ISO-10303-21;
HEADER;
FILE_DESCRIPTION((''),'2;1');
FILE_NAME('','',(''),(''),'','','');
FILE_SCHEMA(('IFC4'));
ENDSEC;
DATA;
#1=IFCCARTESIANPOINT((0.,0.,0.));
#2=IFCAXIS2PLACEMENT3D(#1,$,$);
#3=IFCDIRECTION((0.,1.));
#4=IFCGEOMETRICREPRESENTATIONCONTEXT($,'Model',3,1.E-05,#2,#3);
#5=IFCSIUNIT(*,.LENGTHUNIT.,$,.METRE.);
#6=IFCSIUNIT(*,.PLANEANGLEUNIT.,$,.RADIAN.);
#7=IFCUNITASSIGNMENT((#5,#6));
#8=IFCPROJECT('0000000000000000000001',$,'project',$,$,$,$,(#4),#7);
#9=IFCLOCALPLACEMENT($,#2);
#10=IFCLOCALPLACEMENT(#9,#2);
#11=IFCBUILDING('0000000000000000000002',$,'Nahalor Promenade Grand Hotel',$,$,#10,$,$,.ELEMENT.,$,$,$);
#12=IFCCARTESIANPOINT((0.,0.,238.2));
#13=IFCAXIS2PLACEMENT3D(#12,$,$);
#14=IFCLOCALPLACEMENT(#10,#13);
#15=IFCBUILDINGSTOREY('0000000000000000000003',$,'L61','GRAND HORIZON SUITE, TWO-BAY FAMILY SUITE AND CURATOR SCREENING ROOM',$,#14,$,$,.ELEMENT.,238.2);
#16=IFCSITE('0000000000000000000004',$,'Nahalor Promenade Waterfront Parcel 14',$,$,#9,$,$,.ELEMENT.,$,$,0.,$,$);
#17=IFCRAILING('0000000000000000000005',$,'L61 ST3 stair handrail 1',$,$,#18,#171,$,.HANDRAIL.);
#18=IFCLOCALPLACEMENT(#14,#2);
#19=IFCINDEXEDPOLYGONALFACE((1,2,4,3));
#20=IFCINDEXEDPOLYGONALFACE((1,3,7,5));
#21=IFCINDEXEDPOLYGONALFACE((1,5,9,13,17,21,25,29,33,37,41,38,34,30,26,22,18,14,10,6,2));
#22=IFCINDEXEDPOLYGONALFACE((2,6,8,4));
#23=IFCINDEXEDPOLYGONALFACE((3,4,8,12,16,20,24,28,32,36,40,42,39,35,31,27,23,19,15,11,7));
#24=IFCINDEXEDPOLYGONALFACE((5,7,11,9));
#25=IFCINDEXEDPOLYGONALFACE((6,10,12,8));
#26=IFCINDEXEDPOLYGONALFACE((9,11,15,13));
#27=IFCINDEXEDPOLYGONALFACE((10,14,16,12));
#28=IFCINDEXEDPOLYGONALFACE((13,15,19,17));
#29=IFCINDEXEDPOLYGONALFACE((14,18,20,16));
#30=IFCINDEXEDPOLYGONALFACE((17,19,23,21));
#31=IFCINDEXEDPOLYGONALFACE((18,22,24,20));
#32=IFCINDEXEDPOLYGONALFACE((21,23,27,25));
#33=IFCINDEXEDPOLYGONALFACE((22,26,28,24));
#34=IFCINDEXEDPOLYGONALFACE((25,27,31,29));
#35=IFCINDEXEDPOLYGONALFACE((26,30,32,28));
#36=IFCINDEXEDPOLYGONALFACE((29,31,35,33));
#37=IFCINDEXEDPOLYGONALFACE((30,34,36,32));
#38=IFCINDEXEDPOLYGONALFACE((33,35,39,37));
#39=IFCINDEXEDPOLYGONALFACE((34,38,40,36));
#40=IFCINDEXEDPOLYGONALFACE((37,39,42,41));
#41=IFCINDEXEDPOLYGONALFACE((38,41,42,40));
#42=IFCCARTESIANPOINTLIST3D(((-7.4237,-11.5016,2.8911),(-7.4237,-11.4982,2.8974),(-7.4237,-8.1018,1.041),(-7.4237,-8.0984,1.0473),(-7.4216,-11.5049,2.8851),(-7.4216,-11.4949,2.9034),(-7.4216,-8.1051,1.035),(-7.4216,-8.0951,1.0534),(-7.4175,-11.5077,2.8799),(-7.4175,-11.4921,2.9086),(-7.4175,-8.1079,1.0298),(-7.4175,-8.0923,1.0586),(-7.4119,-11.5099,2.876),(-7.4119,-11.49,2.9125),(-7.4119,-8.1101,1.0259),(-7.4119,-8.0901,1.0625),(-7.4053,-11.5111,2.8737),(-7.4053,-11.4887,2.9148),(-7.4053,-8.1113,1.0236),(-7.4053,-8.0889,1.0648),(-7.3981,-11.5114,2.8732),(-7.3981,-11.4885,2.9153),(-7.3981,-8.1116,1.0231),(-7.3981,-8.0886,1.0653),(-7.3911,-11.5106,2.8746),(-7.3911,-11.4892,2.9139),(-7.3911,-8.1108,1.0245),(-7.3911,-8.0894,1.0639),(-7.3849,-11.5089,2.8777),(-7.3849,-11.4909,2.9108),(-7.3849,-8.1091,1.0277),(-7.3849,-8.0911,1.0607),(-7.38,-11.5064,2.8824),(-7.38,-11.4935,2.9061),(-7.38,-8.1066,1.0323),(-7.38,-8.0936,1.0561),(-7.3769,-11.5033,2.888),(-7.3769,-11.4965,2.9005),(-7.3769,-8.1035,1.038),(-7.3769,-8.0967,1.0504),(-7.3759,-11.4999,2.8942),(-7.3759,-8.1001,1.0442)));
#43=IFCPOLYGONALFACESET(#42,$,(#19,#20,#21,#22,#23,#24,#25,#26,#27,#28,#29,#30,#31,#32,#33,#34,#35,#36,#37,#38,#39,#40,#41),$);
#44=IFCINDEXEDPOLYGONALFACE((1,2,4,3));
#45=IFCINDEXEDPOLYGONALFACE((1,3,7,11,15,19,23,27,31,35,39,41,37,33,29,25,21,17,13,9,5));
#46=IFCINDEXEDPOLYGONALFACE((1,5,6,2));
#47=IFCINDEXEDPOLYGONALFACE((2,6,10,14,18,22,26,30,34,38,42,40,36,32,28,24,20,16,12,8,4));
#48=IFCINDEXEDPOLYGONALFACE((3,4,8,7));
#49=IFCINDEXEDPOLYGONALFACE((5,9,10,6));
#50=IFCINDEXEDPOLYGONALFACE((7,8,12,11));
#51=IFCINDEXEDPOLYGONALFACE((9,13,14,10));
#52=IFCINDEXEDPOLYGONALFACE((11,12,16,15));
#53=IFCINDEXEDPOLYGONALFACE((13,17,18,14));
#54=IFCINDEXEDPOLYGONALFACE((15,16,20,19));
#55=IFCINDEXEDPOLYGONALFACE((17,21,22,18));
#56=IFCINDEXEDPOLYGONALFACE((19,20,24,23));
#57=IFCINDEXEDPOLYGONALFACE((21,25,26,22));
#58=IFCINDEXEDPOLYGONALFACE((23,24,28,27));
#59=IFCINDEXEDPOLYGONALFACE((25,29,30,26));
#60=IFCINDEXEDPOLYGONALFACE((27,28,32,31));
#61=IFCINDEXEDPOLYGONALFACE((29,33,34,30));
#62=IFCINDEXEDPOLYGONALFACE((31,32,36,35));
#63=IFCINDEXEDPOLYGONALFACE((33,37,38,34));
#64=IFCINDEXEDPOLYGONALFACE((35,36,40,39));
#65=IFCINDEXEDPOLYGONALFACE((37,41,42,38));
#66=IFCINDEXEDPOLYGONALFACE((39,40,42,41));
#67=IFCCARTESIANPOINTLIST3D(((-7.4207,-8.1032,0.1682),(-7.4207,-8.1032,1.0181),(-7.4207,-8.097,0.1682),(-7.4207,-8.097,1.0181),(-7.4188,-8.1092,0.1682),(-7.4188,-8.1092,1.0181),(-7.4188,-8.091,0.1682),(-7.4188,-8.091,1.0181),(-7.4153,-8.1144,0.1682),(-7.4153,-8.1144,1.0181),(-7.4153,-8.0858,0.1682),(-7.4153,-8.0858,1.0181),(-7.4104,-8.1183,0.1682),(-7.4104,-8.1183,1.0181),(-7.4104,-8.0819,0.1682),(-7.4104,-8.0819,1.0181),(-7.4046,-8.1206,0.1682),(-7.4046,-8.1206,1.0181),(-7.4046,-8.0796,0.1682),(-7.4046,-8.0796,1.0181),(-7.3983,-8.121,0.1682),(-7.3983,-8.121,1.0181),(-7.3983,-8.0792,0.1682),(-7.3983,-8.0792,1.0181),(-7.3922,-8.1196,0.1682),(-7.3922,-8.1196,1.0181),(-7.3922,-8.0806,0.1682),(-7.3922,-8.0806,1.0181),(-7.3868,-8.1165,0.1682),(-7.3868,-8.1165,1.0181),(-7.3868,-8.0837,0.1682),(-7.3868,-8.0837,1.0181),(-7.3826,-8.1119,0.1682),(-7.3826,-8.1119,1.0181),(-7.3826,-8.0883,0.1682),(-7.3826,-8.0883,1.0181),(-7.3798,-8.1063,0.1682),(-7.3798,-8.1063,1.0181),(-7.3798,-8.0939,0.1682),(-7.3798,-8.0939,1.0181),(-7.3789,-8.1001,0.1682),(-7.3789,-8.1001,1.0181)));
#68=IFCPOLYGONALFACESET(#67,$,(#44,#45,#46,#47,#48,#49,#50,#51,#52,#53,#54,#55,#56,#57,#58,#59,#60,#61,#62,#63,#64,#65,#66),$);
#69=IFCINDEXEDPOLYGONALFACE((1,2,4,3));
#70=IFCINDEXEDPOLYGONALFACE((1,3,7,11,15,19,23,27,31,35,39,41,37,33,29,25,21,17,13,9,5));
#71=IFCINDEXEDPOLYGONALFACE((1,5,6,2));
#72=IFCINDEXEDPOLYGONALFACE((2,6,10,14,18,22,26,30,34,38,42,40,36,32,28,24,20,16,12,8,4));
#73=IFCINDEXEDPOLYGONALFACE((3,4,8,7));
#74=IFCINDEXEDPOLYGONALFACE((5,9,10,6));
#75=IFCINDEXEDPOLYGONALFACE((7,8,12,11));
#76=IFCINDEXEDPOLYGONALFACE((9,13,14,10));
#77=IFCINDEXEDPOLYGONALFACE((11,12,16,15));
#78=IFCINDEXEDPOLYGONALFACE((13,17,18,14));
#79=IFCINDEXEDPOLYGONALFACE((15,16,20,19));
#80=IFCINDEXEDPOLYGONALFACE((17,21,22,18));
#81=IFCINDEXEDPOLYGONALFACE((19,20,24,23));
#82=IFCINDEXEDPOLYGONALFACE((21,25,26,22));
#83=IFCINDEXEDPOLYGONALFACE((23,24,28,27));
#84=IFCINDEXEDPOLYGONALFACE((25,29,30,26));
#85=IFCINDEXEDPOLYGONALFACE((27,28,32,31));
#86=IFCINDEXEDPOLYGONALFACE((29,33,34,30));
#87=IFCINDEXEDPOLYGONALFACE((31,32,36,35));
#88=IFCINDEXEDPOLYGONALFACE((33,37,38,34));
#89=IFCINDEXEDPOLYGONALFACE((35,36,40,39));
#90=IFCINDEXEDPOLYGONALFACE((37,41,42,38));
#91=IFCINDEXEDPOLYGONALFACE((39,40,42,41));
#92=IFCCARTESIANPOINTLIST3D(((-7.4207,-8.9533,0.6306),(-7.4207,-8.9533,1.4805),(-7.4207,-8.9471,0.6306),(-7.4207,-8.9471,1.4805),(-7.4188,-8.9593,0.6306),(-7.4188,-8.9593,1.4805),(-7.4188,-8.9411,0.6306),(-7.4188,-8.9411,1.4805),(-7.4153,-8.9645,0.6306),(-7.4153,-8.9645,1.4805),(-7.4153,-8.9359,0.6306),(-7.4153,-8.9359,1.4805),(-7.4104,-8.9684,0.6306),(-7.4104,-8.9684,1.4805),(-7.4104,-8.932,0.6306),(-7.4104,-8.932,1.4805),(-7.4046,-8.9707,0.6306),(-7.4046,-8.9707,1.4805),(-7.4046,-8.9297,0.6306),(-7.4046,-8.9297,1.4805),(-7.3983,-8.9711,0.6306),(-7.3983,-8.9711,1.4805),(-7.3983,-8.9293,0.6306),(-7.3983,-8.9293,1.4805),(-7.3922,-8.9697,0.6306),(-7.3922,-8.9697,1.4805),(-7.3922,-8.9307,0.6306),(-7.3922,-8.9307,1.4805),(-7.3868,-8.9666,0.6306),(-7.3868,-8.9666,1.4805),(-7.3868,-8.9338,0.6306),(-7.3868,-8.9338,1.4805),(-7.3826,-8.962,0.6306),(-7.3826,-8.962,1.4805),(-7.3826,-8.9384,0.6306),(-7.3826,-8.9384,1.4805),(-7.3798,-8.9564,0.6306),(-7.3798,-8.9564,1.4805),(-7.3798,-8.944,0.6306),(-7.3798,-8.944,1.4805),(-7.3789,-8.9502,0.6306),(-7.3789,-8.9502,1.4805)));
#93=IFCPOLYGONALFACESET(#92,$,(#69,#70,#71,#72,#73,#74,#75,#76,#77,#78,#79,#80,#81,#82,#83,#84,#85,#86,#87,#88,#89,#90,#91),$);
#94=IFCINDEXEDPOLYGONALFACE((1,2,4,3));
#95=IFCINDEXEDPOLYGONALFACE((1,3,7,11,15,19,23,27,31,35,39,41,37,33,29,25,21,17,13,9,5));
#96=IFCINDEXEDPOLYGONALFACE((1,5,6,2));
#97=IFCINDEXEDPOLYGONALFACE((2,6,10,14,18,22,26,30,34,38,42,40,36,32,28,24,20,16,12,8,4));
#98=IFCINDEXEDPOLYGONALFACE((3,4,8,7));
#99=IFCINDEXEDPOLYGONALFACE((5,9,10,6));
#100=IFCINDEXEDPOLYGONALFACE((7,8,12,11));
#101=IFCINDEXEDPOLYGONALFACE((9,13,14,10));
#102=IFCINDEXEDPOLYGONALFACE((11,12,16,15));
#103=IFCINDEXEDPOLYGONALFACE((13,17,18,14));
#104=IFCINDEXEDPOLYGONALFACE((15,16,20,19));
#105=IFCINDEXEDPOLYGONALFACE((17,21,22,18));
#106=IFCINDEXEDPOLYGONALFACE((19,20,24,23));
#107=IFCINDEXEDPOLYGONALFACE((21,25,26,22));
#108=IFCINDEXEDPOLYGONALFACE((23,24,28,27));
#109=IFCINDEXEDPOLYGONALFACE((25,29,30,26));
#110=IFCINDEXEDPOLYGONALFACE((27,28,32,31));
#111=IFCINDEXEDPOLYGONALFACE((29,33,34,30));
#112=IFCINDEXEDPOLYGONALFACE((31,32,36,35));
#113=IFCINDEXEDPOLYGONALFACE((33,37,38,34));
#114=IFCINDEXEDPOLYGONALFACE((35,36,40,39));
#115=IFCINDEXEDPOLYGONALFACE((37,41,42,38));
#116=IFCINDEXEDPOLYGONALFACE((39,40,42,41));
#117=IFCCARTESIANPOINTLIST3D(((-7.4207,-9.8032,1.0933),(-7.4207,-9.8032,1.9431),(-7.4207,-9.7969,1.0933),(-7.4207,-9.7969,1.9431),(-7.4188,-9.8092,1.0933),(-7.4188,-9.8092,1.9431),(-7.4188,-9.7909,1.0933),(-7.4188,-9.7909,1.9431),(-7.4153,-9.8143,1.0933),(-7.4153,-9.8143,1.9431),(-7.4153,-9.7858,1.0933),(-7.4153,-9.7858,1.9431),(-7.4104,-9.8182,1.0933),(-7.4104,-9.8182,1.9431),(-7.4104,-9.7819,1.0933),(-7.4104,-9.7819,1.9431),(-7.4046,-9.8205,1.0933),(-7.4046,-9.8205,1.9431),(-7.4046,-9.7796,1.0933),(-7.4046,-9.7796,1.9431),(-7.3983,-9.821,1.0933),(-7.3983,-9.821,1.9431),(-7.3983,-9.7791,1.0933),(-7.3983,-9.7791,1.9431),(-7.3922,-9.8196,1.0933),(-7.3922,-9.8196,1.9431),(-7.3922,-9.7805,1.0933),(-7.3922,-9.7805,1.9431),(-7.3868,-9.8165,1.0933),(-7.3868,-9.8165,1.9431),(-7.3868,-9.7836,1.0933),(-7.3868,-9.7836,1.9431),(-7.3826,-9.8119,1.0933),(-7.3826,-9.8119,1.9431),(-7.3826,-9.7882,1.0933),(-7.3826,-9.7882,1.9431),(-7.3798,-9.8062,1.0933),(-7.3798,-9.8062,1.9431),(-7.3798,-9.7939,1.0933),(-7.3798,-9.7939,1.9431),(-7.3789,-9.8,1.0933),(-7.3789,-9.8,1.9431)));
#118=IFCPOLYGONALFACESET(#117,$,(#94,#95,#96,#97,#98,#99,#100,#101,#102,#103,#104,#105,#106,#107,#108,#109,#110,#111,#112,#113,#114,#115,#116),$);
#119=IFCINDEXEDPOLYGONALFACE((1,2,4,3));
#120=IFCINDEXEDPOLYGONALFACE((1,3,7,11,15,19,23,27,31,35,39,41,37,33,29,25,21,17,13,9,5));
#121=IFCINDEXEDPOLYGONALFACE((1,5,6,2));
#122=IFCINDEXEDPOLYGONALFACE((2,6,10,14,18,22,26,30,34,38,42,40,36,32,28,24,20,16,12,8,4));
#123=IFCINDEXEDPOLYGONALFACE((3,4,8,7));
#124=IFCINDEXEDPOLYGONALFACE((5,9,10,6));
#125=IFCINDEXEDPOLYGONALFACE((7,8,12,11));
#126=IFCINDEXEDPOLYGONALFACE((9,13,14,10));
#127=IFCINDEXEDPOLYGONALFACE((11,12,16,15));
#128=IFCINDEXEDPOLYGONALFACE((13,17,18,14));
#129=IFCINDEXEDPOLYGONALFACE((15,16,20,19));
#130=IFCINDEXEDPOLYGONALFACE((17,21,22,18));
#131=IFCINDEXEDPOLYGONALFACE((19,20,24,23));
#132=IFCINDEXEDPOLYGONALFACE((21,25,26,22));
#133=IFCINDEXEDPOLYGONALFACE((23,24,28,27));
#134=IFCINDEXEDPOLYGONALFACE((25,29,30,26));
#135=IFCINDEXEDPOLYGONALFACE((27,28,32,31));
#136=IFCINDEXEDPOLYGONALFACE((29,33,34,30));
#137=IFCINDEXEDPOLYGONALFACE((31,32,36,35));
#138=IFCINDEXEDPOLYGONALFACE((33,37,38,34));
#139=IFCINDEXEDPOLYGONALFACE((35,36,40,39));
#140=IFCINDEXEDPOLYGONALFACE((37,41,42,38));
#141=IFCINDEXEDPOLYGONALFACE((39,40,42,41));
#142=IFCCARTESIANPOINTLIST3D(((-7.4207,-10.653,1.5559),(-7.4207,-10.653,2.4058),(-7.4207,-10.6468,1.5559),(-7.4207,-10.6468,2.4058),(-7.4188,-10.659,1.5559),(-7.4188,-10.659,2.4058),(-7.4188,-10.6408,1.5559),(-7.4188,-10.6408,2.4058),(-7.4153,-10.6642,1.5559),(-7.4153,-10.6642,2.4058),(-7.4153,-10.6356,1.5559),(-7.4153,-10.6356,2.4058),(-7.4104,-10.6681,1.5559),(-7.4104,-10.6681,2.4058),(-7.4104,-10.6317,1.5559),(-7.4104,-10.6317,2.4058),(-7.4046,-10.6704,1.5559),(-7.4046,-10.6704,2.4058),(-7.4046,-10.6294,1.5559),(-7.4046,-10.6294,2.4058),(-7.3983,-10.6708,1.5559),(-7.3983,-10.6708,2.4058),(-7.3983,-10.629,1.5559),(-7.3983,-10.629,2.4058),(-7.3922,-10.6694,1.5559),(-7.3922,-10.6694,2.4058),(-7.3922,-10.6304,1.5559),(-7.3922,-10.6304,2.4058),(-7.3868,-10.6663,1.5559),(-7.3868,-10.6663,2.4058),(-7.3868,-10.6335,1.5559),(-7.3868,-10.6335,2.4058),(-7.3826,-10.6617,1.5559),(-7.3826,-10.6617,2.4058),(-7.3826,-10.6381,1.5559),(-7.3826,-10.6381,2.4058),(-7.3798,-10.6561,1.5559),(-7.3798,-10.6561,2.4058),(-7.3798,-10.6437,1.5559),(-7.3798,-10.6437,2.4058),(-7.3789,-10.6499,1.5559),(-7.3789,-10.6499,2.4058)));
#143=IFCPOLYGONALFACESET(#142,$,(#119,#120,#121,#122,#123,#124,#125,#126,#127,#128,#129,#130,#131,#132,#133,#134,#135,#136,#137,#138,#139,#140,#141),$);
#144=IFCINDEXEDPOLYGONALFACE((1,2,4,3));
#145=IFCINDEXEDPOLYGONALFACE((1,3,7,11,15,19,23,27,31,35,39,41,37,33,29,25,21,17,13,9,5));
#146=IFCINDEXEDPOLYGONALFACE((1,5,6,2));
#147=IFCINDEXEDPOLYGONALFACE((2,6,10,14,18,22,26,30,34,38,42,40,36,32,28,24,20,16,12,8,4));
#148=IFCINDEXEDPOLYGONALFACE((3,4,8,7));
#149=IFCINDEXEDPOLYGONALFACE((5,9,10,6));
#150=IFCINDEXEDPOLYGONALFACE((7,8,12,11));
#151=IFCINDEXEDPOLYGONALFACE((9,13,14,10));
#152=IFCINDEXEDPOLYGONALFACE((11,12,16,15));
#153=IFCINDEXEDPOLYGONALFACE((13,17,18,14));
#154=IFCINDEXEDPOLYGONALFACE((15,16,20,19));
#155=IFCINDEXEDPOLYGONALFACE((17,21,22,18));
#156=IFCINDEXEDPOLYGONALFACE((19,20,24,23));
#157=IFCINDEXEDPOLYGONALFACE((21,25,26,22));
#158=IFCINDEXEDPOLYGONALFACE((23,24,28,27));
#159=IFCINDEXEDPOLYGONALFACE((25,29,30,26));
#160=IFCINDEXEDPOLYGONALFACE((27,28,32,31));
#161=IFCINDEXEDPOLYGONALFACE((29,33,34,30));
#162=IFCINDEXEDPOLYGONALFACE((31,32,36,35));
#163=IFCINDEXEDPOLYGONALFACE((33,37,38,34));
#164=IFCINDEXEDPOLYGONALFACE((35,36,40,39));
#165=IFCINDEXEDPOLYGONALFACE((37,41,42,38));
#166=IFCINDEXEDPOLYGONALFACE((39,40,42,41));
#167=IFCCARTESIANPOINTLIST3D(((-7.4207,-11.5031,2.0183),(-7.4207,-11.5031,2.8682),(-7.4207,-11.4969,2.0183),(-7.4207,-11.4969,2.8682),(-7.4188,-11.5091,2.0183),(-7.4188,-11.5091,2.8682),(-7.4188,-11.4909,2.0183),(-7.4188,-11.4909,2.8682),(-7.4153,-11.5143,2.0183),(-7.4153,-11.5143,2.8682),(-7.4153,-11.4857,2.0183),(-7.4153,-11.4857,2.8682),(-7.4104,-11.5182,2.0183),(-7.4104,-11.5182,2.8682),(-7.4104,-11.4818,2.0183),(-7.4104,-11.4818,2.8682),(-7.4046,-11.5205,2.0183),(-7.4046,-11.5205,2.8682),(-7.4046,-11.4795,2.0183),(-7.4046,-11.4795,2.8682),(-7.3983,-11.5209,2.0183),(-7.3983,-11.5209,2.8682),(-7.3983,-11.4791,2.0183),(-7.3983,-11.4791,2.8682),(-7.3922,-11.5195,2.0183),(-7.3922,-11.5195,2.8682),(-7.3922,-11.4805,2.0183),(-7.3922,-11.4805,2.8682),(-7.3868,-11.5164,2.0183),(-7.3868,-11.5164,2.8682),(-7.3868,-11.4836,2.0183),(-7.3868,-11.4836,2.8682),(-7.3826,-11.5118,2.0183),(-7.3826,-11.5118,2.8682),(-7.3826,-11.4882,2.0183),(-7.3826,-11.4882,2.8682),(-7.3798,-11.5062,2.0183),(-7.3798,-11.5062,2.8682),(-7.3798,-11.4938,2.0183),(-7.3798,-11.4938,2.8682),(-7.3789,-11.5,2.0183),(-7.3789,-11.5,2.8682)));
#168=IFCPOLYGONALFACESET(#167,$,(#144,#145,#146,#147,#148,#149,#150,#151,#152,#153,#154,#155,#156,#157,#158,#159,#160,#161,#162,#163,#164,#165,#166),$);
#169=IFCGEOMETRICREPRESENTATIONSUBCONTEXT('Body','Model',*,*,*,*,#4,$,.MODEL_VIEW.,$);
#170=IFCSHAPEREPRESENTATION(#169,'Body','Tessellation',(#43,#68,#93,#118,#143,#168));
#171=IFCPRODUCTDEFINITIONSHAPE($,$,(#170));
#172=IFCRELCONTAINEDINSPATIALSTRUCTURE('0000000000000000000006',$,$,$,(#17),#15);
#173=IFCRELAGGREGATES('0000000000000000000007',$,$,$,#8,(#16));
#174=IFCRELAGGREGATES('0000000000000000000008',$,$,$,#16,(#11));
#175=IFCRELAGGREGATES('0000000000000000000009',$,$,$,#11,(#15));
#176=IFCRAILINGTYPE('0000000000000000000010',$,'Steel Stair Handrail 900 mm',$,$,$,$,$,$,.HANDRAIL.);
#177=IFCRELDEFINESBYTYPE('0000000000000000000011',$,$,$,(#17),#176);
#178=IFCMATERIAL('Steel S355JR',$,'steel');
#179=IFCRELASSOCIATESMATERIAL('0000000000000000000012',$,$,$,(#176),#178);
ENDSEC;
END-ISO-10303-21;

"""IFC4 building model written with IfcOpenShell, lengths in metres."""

from ifc_helpers import new_model, si_unit, direction, frame, origin, origin_2d, place, context, subcontext, project, spatial, circle, extrude, material, type_object, element, save


model = new_model("IFC4")

# Units and contexts
model_context = context("Model", 3, precision=1e-05, world=origin(), true_north=direction((0.0, 1.0)))
body_context = subcontext(model_context, "Body", "Model", "MODEL_VIEW")
ifc_project = project(units=[si_unit("LENGTHUNIT", "METRE"), si_unit("PLANEANGLEUNIT", "RADIAN")], contexts=[model_context])

# Site, building, storey
site_placement = place(None, origin())
site = spatial("IfcSite", under=ifc_project, at=site_placement, Name="Nahalor Promenade Waterfront Parcel 14", CompositionType="ELEMENT", RefElevation=0.0)
building_placement = place(site_placement, origin())
building = spatial("IfcBuilding", under=site, at=building_placement, Name="Nahalor Promenade Grand Hotel", CompositionType="ELEMENT")
storey_placement = place(building_placement, frame((0.0, 0.0, 238.2)))
storey = spatial("IfcBuildingStorey", under=building, at=storey_placement, Name="L61", Description="GRAND HORIZON SUITE, TWO-BAY FAMILY SUITE AND CURATOR SCREENING ROOM", CompositionType="ELEMENT", Elevation=238.2)

# Shared definitions
ifc_material_1 = material(Name="Steel S355JR", Category="steel")

# Railing
railing_type_1 = type_object("IfcRailingType", Name="Steel Stair Handrail 900 mm", PredefinedType="HANDRAIL", material=ifc_material_1)
railing_1_placement = place(storey_placement, frame((-7.3999, -8.1001, 0.1682)))
element("IfcRailing", 1, at=railing_1_placement, inside=storey, type_object=railing_type_1, Name="L61 ST3 stair handrail 1", PredefinedType="HANDRAIL", context=body_context, shape_type="SweptSolid", body=[
    extrude(circle(Radius=0.024, at=origin_2d()), frame((0.0, 0.0, 0.876), z_axis=(0.0, -0.878372, 0.477977), x_axis=(1.0, 0.0, 0.0)), (0.0, 0.0, 1.0), 3.8706),
    extrude(circle(Radius=0.021, at=origin_2d()), origin(), (0.0, 0.0, 1.0), 0.8499),
    extrude(circle(Radius=0.021, at=origin_2d()), frame((0.0, -0.8501, 0.4624)), (0.0, 0.0, 1.0), 0.8499),
    extrude(circle(Radius=0.021, at=origin_2d()), frame((0.0, -1.7, 0.925)), (0.0, 0.0, 1.0), 0.8499),
    extrude(circle(Radius=0.021, at=origin_2d()), frame((0.0, -2.5498, 1.3877)), (0.0, 0.0, 1.0), 0.8499),
    extrude(circle(Radius=0.021, at=origin_2d()), frame((0.0, -3.3999, 1.8501)), (0.0, 0.0, 1.0), 0.8499),
])

save(model, "model.ifc")
